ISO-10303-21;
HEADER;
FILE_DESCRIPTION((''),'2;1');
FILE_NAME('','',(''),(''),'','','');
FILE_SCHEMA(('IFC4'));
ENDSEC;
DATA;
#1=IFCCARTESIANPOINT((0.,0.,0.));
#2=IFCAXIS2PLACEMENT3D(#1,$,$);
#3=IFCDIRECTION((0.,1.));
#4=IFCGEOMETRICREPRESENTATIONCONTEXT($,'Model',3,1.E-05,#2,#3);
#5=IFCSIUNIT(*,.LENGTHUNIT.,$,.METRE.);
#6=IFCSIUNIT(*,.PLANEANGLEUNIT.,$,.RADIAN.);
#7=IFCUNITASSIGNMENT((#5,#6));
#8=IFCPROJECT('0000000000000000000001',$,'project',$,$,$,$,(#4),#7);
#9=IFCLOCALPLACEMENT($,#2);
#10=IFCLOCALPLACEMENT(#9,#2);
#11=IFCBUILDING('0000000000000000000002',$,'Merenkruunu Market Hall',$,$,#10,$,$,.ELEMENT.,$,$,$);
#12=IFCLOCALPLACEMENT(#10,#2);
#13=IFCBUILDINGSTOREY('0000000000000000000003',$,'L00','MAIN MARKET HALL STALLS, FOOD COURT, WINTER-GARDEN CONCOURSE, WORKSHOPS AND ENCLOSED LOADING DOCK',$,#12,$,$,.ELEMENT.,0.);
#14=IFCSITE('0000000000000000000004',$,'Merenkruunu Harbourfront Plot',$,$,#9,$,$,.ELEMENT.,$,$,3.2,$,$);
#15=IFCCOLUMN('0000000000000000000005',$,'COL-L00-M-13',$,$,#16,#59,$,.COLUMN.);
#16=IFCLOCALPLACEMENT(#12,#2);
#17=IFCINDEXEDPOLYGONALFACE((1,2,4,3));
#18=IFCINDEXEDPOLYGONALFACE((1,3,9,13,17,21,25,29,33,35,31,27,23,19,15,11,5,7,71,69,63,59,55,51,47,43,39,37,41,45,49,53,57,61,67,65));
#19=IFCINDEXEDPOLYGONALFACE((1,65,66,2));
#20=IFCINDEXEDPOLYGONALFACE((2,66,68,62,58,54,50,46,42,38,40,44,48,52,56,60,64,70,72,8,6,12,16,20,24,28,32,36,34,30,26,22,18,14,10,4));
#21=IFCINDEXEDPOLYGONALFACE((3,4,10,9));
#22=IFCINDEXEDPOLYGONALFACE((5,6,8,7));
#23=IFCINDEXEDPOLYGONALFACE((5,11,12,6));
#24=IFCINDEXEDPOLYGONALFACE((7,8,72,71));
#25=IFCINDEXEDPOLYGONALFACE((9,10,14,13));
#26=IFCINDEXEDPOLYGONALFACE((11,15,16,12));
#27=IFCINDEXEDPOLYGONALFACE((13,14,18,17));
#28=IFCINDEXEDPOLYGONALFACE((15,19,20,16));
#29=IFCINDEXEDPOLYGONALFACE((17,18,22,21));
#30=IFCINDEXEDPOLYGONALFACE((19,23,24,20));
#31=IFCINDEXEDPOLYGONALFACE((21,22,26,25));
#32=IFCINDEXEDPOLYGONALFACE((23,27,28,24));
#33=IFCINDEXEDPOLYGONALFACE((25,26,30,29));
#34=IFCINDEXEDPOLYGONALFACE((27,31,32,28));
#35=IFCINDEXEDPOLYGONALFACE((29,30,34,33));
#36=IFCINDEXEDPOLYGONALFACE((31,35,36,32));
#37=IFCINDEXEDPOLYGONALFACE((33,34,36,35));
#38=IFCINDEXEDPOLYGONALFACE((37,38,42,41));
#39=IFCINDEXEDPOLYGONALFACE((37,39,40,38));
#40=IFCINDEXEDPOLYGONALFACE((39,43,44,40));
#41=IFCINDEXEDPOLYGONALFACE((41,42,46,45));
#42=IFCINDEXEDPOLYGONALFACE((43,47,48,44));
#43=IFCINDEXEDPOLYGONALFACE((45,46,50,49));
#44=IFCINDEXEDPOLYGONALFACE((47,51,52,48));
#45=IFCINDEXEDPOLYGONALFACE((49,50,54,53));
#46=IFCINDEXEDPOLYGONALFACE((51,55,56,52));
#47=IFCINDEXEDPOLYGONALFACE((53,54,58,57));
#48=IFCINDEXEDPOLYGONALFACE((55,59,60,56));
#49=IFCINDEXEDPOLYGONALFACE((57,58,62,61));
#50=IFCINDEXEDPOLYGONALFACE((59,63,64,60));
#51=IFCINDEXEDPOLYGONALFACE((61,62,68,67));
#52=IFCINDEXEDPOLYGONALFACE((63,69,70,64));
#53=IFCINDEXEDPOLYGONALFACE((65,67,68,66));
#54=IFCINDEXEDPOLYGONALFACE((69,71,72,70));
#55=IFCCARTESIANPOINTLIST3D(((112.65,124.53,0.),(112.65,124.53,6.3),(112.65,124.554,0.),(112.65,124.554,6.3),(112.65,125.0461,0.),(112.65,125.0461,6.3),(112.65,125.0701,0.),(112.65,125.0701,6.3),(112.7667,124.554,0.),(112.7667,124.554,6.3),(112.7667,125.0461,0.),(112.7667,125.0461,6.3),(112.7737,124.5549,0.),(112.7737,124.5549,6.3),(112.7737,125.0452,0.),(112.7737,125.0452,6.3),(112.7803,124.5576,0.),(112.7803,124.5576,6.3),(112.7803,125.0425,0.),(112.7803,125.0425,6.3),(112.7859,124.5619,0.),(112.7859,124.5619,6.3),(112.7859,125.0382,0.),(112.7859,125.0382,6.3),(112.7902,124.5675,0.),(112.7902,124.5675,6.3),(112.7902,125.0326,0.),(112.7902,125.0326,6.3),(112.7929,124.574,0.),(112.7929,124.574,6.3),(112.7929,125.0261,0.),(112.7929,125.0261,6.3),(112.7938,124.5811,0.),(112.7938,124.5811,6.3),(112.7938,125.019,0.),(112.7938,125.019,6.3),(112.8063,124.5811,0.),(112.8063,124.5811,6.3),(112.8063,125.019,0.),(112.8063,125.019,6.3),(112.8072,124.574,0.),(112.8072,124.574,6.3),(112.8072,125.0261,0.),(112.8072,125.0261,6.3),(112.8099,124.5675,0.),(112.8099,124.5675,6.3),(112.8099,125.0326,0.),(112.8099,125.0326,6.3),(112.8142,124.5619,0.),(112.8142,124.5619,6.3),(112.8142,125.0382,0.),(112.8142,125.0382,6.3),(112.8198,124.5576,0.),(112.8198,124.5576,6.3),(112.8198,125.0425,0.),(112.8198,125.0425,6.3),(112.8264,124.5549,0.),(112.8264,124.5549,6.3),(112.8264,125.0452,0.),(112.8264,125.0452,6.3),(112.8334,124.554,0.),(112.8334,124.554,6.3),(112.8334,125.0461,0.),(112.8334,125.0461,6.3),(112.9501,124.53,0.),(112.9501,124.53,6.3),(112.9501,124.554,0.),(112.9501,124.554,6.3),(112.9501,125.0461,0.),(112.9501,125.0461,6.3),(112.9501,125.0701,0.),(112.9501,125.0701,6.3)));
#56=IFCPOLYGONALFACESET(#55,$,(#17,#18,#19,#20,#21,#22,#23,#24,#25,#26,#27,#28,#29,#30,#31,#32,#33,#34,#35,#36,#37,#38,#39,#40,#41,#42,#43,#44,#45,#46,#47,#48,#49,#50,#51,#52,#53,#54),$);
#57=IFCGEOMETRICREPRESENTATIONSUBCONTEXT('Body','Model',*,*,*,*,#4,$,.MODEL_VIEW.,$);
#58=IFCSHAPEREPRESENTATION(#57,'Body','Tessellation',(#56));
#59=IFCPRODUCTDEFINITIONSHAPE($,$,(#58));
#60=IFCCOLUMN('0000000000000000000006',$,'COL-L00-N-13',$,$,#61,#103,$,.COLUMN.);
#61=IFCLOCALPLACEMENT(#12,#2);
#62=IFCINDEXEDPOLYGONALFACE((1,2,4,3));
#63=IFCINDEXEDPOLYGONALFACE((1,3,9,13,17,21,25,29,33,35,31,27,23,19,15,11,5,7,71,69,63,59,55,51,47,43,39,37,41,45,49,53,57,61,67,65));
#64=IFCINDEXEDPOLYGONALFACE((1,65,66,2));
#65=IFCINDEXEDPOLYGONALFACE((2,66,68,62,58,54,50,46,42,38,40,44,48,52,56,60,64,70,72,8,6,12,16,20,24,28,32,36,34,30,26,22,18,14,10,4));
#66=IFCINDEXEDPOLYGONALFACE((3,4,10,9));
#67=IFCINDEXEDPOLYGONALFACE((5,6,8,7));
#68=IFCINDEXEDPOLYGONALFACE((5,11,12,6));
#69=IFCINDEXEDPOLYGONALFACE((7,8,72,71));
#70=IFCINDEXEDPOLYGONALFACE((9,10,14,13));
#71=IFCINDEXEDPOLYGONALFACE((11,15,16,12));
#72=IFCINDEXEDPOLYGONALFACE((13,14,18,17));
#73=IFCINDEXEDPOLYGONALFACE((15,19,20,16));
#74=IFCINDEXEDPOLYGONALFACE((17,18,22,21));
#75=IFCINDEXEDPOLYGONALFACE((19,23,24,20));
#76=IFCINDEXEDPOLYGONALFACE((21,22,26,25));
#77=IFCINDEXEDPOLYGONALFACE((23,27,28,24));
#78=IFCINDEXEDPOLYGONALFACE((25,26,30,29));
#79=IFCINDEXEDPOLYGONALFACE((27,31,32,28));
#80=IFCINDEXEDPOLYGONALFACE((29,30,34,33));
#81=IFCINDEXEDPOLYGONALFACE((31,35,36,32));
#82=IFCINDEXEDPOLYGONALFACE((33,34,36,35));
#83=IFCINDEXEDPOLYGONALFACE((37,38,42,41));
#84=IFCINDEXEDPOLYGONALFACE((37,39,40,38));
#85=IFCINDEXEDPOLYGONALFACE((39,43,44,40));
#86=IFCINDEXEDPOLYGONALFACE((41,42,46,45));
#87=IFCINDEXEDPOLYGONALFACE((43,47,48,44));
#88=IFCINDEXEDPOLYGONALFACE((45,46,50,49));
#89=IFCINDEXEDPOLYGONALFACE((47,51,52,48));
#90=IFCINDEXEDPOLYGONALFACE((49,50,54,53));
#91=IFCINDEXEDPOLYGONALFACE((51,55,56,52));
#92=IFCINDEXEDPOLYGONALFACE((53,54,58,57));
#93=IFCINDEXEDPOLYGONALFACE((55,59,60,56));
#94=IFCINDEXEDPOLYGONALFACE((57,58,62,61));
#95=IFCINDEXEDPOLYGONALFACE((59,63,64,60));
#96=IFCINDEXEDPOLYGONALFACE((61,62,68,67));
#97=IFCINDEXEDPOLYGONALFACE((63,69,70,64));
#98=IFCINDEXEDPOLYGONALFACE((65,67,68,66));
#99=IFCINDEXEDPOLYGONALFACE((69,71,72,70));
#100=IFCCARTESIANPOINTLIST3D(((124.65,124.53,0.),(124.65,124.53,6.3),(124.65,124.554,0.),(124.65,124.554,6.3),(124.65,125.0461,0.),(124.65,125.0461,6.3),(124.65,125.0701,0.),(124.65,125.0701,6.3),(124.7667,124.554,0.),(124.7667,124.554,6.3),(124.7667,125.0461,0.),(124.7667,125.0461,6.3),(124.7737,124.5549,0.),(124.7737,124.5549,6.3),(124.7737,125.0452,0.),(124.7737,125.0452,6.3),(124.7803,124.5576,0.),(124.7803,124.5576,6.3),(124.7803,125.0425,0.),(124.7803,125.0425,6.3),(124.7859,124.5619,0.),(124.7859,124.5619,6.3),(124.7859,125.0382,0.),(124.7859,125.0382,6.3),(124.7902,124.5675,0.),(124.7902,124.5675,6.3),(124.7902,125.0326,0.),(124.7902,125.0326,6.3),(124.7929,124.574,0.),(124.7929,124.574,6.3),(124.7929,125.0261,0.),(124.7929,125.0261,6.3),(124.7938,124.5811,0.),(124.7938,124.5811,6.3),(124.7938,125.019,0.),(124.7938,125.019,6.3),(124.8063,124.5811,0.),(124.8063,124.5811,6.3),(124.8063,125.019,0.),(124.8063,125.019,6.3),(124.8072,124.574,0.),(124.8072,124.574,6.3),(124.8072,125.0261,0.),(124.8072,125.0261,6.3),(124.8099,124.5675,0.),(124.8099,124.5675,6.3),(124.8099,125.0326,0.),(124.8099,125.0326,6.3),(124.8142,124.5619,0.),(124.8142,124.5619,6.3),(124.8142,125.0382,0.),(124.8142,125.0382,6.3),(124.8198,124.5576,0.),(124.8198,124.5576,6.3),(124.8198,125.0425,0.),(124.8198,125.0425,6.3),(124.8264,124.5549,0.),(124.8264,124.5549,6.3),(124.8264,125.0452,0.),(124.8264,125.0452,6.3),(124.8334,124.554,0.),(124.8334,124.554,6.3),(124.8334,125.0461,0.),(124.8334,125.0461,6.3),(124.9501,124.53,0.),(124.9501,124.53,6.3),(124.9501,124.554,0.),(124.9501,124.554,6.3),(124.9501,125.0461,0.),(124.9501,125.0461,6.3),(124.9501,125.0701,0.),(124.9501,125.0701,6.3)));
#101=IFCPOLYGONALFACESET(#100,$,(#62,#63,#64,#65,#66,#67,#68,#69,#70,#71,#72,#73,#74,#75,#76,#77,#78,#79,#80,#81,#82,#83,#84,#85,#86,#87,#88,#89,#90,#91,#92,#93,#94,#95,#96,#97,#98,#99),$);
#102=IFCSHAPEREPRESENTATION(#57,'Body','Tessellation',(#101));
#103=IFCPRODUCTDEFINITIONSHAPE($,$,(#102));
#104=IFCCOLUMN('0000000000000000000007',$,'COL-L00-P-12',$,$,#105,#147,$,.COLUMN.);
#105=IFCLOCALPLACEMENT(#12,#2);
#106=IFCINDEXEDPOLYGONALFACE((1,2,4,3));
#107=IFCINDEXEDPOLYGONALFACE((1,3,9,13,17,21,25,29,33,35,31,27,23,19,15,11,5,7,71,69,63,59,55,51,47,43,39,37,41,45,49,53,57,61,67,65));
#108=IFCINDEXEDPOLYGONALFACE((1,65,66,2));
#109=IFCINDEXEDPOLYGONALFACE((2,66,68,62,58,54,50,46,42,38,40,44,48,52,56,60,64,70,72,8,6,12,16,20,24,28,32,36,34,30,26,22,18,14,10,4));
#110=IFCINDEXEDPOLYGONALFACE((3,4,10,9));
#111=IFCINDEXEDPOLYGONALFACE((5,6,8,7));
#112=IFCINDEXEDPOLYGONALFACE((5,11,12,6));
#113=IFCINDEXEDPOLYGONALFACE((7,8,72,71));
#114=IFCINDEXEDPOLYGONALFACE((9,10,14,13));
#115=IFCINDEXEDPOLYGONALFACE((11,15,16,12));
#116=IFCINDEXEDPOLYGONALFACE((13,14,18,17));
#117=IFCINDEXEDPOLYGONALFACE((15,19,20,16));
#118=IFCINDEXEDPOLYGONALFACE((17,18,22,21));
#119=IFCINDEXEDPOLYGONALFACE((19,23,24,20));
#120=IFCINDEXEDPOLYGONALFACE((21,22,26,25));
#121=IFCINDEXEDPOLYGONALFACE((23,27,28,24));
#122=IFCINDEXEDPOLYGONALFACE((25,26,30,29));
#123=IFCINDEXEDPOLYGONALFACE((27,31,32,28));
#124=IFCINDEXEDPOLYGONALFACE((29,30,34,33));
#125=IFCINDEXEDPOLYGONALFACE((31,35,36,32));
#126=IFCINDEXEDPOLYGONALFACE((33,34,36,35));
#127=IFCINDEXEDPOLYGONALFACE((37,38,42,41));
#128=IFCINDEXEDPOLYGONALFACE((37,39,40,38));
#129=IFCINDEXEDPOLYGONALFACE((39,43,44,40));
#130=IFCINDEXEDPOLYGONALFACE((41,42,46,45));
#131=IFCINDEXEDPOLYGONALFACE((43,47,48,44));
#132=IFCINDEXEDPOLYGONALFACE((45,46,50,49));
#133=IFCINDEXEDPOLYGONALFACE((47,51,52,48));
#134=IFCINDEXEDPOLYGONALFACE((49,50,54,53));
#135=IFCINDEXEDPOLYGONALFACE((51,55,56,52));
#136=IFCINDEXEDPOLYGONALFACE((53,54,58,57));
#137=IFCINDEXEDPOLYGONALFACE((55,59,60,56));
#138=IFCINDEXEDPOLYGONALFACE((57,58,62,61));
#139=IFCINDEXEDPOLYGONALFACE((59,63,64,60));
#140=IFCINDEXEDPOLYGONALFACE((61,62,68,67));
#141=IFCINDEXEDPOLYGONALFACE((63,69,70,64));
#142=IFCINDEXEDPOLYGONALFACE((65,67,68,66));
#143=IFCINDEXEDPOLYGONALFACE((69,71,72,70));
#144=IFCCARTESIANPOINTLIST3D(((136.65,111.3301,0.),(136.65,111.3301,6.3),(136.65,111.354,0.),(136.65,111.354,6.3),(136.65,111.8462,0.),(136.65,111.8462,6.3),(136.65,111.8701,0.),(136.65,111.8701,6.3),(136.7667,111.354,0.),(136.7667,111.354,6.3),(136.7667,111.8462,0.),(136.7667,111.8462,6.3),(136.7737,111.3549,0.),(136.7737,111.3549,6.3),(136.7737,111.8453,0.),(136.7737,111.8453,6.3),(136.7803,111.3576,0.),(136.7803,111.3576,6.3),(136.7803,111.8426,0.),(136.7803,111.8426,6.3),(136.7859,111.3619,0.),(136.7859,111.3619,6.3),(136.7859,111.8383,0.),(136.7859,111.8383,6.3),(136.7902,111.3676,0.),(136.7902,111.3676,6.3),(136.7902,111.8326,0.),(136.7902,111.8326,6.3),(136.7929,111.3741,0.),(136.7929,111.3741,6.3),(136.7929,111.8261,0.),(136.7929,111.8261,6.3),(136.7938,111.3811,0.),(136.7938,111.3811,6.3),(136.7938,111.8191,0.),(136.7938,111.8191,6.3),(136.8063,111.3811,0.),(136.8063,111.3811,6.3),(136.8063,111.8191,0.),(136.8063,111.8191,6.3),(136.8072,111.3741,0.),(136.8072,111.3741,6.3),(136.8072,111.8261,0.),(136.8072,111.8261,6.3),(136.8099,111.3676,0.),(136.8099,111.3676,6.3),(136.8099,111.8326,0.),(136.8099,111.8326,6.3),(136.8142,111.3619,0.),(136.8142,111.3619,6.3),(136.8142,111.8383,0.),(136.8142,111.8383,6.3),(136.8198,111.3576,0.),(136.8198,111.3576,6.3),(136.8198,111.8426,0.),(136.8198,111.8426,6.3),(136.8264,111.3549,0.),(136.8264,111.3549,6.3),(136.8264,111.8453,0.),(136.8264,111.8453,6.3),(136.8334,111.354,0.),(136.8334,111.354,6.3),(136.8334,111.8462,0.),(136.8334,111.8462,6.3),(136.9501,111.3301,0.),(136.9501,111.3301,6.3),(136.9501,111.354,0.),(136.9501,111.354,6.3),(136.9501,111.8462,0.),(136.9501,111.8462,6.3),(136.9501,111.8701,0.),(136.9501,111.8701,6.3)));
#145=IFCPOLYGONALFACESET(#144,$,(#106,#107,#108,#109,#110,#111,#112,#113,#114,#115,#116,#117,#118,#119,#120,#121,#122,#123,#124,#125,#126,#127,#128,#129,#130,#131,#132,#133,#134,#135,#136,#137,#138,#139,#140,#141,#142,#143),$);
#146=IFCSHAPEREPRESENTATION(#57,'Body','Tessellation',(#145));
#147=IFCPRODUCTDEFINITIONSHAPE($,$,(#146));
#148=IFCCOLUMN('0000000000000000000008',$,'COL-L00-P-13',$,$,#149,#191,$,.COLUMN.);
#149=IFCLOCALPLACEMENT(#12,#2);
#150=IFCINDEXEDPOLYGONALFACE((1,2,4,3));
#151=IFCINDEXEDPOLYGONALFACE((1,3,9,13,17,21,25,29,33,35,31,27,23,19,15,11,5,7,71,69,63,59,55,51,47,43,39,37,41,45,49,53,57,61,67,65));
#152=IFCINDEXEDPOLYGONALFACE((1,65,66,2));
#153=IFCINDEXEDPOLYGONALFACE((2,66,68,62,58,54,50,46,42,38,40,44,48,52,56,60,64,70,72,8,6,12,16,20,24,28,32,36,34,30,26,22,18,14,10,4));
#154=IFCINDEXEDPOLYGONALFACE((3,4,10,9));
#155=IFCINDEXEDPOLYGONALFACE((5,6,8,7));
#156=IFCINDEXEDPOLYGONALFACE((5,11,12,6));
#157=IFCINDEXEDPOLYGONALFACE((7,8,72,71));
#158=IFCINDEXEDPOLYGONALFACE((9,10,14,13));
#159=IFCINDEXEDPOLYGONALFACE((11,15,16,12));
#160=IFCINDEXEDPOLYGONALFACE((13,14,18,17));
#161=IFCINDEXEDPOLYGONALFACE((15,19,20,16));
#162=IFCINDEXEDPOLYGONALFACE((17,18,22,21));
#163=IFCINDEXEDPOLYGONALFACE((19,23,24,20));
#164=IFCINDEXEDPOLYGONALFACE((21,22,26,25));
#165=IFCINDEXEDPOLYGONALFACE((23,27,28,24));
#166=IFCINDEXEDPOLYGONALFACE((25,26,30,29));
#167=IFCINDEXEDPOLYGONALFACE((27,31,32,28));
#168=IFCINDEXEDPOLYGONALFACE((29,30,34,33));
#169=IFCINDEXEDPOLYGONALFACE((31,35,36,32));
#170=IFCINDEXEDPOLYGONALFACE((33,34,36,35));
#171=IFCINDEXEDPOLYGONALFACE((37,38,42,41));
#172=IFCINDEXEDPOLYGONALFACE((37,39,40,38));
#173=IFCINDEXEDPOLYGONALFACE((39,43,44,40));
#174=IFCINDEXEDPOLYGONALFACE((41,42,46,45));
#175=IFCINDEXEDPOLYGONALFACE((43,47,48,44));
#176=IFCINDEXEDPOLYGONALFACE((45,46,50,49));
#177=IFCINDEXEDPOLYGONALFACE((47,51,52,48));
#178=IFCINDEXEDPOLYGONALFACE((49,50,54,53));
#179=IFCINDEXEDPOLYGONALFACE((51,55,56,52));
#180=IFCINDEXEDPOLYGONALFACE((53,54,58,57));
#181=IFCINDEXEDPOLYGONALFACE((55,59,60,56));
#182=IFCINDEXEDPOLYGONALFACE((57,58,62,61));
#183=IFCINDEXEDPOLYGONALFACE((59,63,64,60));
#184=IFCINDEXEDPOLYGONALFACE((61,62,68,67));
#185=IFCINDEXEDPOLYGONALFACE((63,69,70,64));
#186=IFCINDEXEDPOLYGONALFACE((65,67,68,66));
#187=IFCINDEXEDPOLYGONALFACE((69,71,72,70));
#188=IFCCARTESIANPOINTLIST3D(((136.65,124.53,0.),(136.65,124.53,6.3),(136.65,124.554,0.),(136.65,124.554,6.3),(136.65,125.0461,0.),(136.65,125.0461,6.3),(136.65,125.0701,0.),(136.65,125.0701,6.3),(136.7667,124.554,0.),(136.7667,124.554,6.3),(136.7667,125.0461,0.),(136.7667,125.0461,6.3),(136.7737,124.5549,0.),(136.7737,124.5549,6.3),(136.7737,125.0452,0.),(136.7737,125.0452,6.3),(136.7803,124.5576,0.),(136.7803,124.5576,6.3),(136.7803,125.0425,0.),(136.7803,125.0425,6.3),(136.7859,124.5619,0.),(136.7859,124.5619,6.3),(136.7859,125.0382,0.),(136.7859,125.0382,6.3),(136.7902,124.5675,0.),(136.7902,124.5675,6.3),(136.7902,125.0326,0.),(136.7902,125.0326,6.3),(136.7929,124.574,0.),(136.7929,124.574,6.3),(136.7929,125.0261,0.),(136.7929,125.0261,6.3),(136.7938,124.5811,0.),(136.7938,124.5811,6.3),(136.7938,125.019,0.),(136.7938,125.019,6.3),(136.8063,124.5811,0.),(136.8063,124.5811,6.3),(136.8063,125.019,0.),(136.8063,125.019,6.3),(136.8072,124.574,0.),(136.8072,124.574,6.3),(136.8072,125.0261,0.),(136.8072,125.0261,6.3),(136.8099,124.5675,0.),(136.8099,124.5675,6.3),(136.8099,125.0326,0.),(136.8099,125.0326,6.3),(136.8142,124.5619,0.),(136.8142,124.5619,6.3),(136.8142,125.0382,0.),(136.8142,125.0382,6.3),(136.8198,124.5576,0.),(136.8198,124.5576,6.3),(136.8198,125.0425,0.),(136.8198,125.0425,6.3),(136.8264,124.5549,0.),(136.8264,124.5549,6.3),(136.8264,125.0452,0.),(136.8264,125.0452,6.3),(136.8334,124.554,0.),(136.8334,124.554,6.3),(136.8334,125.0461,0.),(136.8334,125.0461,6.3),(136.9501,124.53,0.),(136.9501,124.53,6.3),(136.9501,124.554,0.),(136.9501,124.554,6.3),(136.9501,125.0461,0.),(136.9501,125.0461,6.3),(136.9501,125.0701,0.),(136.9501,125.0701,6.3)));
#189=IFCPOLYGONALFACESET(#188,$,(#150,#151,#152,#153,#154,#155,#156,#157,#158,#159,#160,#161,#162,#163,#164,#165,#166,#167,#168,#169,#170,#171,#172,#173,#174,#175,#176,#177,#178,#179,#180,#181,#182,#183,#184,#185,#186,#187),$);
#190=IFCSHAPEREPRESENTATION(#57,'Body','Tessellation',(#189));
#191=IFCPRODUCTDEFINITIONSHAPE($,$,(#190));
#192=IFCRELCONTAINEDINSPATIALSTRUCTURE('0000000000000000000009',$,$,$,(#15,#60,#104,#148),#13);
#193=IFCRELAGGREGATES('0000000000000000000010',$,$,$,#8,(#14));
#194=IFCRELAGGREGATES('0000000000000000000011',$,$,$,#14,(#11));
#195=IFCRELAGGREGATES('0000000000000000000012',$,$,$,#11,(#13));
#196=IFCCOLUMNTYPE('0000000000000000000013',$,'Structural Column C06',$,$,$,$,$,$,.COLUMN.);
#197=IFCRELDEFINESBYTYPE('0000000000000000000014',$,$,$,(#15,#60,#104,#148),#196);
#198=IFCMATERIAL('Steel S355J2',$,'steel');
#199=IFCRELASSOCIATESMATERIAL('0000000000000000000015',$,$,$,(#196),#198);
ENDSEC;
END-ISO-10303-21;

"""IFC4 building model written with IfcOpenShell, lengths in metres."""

from ifc_helpers import new_model, si_unit, direction, frame, origin, origin_2d, place, context, subcontext, project, spatial, i_section, extrude, material, material_profile, profile_set, type_object, element, save


model = new_model("IFC4")

# Units and contexts
model_context = context("Model", 3, precision=1e-05, world=origin(), true_north=direction((0.0, 1.0)))
body_context = subcontext(model_context, "Body", "Model", "MODEL_VIEW")
ifc_project = project(units=[si_unit("LENGTHUNIT", "METRE"), si_unit("PLANEANGLEUNIT", "RADIAN")], contexts=[model_context])

# Site, building, storey
site_placement = place(None, origin())
site = spatial("IfcSite", under=ifc_project, at=site_placement, Name="Merenkruunu Harbourfront Plot", CompositionType="ELEMENT", RefElevation=3.2)
building_placement = place(site_placement, origin())
building = spatial("IfcBuilding", under=site, at=building_placement, Name="Merenkruunu Market Hall", CompositionType="ELEMENT")
storey_placement = place(building_placement, origin())
storey = spatial("IfcBuildingStorey", under=building, at=storey_placement, Name="L00", Description="MAIN MARKET HALL STALLS, FOOD COURT, WINTER-GARDEN CONCOURSE, WORKSHOPS AND ENCLOSED LOADING DOCK", CompositionType="ELEMENT", Elevation=0.0)

# Columns
ifc_material_1 = material(Name="Steel S355J2", Category="steel")
ifc_material_profile_1 = material_profile(ifc_material_1, i_section(OverallWidth=0.3, OverallDepth=0.54, WebThickness=0.0125, FlangeThickness=0.0239, FilletRadius=0.0271, at=origin_2d()), Name="HEA 550")
ifc_profile_set_1 = profile_set([ifc_material_profile_1], Name="Steel S355J2")
column_type = type_object("IfcColumnType", Name="Structural Column C06", PredefinedType="COLUMN", material=ifc_profile_set_1)
for number, where, z_axis, x_axis, name in (
    (1, (112.8, 124.8, 0.0), (0.0, 0.0, 1.0), (1.0, 0.0, 0.0), "COL-L00-M-13"),
    (2, (124.8, 124.8, 0.0), (0.0, 0.0, 1.0), (1.0, 0.0, 0.0), "COL-L00-N-13"),
    (3, (136.8, 111.6001, 0.0), (0.0, 0.0, 1.0), (1.0, 0.0, 0.0), "COL-L00-P-12"),
    (4, (136.8, 124.8, 0.0), (0.0, 0.0, 1.0), (1.0, 0.0, 0.0), "COL-L00-P-13"),
):
    element("IfcColumn", number, at=place(storey_placement, frame(where, z_axis=z_axis, x_axis=x_axis)), inside=storey, type_object=column_type, Name=name, PredefinedType="COLUMN", context=body_context, shape_type="SweptSolid", body=[
        extrude(i_section(OverallWidth=0.3, OverallDepth=0.54, WebThickness=0.0125, FlangeThickness=0.0239, FilletRadius=0.0271, at=origin_2d()), origin(), (0.0, 0.0, 1.0), 6.3),
    ])

save(model, "model.ifc")
